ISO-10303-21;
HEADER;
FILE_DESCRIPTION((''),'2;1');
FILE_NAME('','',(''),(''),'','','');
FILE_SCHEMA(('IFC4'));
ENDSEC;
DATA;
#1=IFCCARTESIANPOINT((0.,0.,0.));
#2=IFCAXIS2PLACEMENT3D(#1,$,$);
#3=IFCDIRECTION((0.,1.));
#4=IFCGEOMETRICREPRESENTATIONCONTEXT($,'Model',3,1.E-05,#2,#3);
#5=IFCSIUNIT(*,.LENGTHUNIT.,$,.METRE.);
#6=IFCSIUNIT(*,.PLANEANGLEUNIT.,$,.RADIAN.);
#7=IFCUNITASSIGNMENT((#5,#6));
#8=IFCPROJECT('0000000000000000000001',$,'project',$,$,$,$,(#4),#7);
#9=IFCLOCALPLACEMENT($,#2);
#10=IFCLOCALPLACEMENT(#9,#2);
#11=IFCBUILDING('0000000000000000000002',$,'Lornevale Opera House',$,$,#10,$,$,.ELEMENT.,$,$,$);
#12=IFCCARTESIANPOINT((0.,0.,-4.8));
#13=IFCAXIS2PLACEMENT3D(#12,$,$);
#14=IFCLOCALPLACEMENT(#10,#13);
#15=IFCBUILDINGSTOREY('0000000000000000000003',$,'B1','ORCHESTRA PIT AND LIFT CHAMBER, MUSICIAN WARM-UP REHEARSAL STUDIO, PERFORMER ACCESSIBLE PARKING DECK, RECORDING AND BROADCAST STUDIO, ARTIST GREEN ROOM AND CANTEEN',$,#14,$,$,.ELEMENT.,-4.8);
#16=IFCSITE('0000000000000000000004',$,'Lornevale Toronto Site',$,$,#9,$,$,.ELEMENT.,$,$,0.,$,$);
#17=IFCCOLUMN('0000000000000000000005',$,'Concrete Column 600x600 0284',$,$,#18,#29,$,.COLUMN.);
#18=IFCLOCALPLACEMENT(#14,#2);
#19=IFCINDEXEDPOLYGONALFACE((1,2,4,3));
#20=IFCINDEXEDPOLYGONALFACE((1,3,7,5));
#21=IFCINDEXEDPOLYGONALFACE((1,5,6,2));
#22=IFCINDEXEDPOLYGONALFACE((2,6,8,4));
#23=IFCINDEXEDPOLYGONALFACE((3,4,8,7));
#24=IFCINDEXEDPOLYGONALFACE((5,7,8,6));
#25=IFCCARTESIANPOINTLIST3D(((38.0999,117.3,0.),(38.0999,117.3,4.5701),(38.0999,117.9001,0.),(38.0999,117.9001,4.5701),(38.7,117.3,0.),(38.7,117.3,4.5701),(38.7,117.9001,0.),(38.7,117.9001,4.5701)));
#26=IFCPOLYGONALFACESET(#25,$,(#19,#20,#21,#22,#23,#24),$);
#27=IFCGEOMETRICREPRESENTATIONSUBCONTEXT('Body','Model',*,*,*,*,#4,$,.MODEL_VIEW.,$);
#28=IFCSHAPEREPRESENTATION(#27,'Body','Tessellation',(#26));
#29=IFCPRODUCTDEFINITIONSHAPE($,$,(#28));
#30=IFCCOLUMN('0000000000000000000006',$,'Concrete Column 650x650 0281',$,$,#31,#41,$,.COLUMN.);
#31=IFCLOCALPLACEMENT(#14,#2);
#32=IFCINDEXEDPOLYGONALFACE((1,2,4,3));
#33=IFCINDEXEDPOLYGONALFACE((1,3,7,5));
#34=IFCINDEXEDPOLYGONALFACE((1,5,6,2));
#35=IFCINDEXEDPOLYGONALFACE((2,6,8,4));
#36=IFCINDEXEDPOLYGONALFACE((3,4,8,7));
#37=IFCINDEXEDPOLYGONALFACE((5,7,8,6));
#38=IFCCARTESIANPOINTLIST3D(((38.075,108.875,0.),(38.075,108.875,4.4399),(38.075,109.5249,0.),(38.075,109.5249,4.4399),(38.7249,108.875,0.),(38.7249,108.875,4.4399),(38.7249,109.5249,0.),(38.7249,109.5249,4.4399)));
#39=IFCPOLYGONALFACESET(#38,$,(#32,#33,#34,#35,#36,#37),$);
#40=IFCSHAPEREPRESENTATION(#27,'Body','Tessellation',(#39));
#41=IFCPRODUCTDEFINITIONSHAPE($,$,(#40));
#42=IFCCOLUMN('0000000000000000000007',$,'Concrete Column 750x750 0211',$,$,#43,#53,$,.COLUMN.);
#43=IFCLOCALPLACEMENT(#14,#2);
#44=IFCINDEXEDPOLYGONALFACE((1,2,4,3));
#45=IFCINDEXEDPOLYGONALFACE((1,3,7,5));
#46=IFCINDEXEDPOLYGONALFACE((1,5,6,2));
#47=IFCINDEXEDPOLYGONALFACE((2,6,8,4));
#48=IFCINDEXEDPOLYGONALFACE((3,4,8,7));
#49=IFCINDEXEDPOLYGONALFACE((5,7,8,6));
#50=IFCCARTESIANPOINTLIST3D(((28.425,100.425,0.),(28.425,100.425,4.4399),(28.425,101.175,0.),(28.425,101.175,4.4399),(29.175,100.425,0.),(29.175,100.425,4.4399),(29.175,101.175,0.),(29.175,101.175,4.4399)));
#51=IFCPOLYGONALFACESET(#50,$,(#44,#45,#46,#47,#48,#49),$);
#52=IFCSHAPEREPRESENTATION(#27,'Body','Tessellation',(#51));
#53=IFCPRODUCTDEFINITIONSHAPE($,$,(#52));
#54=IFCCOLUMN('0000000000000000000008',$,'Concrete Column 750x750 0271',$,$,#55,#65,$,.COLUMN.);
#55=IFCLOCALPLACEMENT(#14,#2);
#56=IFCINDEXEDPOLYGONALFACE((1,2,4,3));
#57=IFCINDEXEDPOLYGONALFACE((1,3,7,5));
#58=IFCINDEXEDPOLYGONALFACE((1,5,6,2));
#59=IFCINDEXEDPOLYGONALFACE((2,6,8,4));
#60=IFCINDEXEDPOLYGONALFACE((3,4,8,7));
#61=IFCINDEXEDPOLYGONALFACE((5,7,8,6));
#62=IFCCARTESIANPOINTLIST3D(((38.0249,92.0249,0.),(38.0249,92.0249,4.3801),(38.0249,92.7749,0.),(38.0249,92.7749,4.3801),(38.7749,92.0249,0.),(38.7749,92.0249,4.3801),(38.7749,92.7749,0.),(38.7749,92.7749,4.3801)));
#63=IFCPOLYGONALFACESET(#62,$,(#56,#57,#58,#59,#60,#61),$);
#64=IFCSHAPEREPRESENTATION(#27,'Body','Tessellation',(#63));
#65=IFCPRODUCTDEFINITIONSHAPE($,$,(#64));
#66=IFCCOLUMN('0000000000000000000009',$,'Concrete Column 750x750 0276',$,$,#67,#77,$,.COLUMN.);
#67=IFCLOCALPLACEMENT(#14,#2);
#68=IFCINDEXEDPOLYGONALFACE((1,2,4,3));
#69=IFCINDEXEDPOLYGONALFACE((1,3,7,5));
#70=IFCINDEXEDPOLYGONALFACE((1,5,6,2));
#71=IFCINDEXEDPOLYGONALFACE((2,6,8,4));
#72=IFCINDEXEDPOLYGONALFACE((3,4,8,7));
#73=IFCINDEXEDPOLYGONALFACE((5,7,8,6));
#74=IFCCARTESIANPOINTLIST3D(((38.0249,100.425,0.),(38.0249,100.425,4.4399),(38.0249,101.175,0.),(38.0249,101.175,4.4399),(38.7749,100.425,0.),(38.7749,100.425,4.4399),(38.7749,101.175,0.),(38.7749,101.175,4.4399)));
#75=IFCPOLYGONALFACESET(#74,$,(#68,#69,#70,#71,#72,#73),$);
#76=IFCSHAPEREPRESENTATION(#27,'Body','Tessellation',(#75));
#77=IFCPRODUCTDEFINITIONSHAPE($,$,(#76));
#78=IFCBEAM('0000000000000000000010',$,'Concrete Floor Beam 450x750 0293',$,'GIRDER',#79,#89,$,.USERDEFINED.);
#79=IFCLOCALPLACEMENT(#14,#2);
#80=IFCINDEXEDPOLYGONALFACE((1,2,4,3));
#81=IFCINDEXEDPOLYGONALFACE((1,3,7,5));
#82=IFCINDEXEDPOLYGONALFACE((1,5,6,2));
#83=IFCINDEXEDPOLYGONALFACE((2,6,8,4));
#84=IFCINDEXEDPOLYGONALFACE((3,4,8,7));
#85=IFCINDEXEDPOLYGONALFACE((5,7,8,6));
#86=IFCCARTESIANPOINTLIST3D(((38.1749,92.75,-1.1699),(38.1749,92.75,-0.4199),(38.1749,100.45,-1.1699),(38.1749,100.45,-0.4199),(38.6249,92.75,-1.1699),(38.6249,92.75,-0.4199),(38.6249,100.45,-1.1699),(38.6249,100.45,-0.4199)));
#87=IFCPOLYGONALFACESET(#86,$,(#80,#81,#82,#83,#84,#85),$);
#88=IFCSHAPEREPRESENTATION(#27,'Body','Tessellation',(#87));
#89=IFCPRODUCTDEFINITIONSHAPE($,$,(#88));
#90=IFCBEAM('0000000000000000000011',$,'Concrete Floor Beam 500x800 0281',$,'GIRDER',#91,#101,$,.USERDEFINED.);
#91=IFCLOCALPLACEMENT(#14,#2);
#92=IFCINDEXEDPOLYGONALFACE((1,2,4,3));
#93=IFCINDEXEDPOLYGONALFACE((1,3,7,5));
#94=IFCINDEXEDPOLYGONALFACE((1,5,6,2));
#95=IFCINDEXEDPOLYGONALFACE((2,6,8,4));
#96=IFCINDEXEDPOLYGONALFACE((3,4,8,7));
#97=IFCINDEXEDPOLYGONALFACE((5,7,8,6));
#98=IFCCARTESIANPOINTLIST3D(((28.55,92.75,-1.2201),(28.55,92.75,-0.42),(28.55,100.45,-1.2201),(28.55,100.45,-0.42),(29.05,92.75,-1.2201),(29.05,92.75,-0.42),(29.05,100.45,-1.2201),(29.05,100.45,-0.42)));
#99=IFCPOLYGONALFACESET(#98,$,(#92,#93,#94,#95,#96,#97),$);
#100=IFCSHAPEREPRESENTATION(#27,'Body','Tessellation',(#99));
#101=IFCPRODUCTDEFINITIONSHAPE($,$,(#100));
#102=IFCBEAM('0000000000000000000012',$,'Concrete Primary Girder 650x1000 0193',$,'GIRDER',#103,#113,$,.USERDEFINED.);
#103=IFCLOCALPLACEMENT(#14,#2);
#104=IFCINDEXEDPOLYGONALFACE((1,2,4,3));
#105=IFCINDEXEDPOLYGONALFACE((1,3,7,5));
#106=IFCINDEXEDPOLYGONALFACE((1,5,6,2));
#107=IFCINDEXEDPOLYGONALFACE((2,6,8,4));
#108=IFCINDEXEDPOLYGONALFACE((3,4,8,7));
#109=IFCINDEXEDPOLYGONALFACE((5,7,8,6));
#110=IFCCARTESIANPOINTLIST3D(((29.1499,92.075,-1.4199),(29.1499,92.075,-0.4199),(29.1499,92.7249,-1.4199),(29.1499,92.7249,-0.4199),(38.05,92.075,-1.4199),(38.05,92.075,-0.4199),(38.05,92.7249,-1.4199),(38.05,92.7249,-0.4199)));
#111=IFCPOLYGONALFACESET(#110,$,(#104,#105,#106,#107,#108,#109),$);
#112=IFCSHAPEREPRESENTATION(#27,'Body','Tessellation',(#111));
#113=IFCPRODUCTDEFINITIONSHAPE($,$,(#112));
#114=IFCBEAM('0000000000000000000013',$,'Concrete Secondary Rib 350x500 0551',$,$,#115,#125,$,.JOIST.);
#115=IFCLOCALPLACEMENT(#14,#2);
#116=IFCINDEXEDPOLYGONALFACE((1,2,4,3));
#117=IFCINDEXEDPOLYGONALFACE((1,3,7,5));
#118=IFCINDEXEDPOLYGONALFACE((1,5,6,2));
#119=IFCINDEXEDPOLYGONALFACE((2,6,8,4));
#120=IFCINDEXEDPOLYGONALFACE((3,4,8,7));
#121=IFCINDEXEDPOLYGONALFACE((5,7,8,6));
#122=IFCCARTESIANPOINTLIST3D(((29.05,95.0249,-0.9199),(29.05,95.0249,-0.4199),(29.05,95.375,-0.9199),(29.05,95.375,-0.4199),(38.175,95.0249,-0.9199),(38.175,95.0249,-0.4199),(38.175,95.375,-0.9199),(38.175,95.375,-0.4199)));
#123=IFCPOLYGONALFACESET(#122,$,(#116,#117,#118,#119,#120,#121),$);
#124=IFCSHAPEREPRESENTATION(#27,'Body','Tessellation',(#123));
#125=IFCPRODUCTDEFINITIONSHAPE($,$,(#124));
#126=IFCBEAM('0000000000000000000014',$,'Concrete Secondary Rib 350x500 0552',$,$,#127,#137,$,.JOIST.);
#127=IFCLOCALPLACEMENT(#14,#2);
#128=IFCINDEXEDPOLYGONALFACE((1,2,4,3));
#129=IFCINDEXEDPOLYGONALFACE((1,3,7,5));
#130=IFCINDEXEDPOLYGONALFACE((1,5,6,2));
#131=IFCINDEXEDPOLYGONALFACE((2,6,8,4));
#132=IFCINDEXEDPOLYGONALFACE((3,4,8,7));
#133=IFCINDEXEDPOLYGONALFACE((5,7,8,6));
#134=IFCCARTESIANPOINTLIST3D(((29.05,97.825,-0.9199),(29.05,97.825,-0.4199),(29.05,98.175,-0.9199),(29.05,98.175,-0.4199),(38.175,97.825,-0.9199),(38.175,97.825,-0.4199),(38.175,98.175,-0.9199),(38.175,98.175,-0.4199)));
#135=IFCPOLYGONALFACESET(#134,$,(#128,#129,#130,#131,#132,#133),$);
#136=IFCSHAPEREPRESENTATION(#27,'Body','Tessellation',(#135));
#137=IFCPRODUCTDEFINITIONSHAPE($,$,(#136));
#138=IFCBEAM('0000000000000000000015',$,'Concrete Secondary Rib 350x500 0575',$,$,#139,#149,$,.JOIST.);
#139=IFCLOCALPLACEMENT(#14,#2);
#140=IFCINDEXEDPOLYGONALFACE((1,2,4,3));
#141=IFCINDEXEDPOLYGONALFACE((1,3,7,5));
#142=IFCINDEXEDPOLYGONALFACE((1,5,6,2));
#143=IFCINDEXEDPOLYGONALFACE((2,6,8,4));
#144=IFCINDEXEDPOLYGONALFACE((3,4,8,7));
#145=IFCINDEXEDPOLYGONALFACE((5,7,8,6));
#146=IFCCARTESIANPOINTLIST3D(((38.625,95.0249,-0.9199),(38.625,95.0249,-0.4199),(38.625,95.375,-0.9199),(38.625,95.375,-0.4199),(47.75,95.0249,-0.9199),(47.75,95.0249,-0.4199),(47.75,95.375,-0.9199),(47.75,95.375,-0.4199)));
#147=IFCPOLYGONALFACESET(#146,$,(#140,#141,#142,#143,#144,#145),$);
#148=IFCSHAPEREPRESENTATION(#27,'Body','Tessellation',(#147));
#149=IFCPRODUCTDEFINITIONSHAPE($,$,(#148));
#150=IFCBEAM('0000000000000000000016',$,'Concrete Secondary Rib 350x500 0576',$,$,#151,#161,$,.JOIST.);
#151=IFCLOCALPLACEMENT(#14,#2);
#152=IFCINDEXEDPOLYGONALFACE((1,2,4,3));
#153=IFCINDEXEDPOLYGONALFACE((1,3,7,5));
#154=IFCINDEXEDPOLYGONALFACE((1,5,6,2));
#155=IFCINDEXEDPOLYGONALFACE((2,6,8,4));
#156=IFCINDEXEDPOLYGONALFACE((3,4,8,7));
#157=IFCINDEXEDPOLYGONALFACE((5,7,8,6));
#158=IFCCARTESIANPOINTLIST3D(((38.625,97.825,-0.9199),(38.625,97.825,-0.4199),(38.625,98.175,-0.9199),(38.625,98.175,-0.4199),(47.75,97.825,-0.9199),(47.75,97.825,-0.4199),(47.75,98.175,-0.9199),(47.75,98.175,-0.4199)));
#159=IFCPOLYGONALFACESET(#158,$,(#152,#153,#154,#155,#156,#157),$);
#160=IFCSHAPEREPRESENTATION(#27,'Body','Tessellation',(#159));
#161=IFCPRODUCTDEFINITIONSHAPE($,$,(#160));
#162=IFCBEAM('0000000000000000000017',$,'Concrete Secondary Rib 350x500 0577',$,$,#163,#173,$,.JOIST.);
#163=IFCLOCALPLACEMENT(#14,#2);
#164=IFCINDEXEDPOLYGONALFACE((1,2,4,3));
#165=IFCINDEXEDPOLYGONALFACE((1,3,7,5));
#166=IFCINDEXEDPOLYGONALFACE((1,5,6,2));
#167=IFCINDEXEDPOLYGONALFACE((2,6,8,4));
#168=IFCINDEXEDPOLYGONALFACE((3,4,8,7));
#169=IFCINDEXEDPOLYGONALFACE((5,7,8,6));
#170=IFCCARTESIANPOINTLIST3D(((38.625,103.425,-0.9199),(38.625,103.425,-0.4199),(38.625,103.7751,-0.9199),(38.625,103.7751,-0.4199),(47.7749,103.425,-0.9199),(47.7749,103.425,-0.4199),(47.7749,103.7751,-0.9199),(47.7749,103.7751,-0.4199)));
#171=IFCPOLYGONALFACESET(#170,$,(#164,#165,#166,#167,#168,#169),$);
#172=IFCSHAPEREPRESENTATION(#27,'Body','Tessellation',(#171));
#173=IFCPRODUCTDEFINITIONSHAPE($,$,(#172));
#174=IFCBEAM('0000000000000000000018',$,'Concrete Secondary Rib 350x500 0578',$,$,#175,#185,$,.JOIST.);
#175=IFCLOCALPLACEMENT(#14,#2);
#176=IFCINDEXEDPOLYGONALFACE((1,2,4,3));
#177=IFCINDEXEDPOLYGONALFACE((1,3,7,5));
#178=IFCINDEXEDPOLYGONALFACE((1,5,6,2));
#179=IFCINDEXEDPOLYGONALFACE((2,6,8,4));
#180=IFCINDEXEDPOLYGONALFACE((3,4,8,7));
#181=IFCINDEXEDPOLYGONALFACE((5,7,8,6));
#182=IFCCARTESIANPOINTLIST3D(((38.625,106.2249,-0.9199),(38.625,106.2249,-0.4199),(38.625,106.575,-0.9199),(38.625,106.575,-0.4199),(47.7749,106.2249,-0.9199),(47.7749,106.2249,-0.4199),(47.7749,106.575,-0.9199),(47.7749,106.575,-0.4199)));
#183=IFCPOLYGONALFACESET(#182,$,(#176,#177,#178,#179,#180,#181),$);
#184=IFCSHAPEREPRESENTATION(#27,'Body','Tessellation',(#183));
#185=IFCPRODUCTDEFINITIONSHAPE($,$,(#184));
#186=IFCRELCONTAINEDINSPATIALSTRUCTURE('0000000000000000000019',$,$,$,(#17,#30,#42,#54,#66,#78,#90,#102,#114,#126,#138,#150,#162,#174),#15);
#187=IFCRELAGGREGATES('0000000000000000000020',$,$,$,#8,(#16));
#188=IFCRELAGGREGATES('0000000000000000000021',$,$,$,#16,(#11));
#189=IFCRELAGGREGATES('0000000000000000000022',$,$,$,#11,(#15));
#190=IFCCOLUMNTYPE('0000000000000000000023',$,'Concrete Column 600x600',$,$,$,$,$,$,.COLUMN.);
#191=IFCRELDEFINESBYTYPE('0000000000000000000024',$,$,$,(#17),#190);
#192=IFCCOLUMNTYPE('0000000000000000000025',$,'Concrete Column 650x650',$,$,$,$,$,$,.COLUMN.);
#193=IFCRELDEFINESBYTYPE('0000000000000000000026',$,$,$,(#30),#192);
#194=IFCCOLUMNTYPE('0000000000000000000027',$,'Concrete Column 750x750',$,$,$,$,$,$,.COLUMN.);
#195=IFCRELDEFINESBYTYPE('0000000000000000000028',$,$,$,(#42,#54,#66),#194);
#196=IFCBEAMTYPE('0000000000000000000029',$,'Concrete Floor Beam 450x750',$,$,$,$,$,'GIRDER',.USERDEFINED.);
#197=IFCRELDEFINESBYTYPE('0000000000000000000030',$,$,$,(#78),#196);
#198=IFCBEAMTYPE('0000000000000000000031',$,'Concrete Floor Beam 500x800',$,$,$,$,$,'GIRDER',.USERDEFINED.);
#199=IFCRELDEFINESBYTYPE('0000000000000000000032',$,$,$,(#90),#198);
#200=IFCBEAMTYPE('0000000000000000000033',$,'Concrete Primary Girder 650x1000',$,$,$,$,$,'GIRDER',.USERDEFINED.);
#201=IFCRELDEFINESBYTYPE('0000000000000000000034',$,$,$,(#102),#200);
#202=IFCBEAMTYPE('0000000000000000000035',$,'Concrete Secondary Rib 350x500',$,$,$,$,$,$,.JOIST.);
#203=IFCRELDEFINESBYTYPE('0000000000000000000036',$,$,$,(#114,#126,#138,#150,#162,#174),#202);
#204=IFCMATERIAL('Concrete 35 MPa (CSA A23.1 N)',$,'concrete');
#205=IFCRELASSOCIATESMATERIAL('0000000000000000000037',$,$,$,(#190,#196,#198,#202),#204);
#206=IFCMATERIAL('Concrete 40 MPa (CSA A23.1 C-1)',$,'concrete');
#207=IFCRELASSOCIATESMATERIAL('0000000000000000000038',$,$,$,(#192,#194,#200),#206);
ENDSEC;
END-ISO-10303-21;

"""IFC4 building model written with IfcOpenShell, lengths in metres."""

from ifc_helpers import new_model, si_unit, direction, frame, origin, origin_2d, place, context, subcontext, project, spatial, rectangle, extrude, material, material_profile, profile_set, type_object, element, save


model = new_model("IFC4")

# Units and contexts
model_context = context("Model", 3, precision=1e-05, world=origin(), true_north=direction((0.0, 1.0)))
body_context = subcontext(model_context, "Body", "Model", "MODEL_VIEW")
ifc_project = project(units=[si_unit("LENGTHUNIT", "METRE"), si_unit("PLANEANGLEUNIT", "RADIAN")], contexts=[model_context])

# Site, building, storey
site_placement = place(None, origin())
site = spatial("IfcSite", under=ifc_project, at=site_placement, Name="Lornevale Toronto Site", CompositionType="ELEMENT", RefElevation=0.0)
building_placement = place(site_placement, origin())
building = spatial("IfcBuilding", under=site, at=building_placement, Name="Lornevale Opera House", CompositionType="ELEMENT")
storey_placement = place(building_placement, frame((0.0, 0.0, -4.8)))
storey = spatial("IfcBuildingStorey", under=building, at=storey_placement, Name="B1", Description="ORCHESTRA PIT AND LIFT CHAMBER, MUSICIAN WARM-UP REHEARSAL STUDIO, PERFORMER ACCESSIBLE PARKING DECK, RECORDING AND BROADCAST STUDIO, ARTIST GREEN ROOM AND CANTEEN", CompositionType="ELEMENT", Elevation=-4.8)

# Columns
ifc_material_1 = material(Name="Concrete 35 MPa (CSA A23.1 N)", Category="concrete")
ifc_material_profile_1 = material_profile(ifc_material_1, rectangle(XDim=0.6001, YDim=0.6001, at=origin_2d()), Name="RC600x600")
ifc_profile_set_1 = profile_set([ifc_material_profile_1], Name="Concrete 35 MPa (CSA A23.1 N)")
column_type_1 = type_object("IfcColumnType", Name="Concrete Column 600x600", PredefinedType="COLUMN", material=ifc_profile_set_1)
column_1_placement = place(storey_placement, frame((38.3999, 117.6001, 0.0), z_axis=(0.0, 0.0, 1.0), x_axis=(1.0, 0.0, 0.0)))
element("IfcColumn", 1, at=column_1_placement, inside=storey, type_object=column_type_1, Name="Concrete Column 600x600 0284", PredefinedType="COLUMN", context=body_context, shape_type="SweptSolid", body=[
    extrude(rectangle(XDim=0.6001, YDim=0.6001, at=origin_2d()), origin(), (0.0, 0.0, 1.0), 4.5701),
])
ifc_material_2 = material(Name="Concrete 40 MPa (CSA A23.1 C-1)", Category="concrete")
ifc_material_profile_2 = material_profile(ifc_material_2, rectangle(XDim=0.6499, YDim=0.6499, at=origin_2d()), Name="RC650x650")
ifc_profile_set_2 = profile_set([ifc_material_profile_2], Name="Concrete 40 MPa (CSA A23.1 C-1)")
column_type_2 = type_object("IfcColumnType", Name="Concrete Column 650x650", PredefinedType="COLUMN", material=ifc_profile_set_2)
column_2_placement = place(storey_placement, frame((38.3999, 109.2, 0.0), z_axis=(0.0, 0.0, 1.0), x_axis=(1.0, 0.0, 0.0)))
element("IfcColumn", 2, at=column_2_placement, inside=storey, type_object=column_type_2, Name="Concrete Column 650x650 0281", PredefinedType="COLUMN", context=body_context, shape_type="SweptSolid", body=[
    extrude(rectangle(XDim=0.6499, YDim=0.6499, at=origin_2d()), origin(), (0.0, 0.0, 1.0), 4.4399),
])
ifc_material_profile_3 = material_profile(ifc_material_2, rectangle(XDim=0.75, YDim=0.75, at=origin_2d()), Name="RC750x750")
ifc_profile_set_3 = profile_set([ifc_material_profile_3], Name="Concrete 40 MPa (CSA A23.1 C-1)")
column_type_3 = type_object("IfcColumnType", Name="Concrete Column 750x750", PredefinedType="COLUMN", material=ifc_profile_set_3)
column_3_placement = place(storey_placement, frame((28.8, 100.8, 0.0), z_axis=(0.0, 0.0, 1.0), x_axis=(1.0, 0.0, 0.0)))
element("IfcColumn", 3, at=column_3_placement, inside=storey, type_object=column_type_3, Name="Concrete Column 750x750 0211", PredefinedType="COLUMN", context=body_context, shape_type="SweptSolid", body=[
    extrude(rectangle(XDim=0.75, YDim=0.75, at=origin_2d()), origin(), (0.0, 0.0, 1.0), 4.4399),
])
column_4_placement = place(storey_placement, frame((38.3999, 92.3999, 0.0), z_axis=(0.0, 0.0, 1.0), x_axis=(1.0, 0.0, 0.0)))
element("IfcColumn", 4, at=column_4_placement, inside=storey, type_object=column_type_3, Name="Concrete Column 750x750 0271", PredefinedType="COLUMN", context=body_context, shape_type="SweptSolid", body=[
    extrude(rectangle(XDim=0.75, YDim=0.75, at=origin_2d()), origin(), (0.0, 0.0, 1.0), 4.3801),
])
column_5_placement = place(storey_placement, frame((38.3999, 100.8, 0.0), z_axis=(0.0, 0.0, 1.0), x_axis=(1.0, 0.0, 0.0)))
element("IfcColumn", 5, at=column_5_placement, inside=storey, type_object=column_type_3, Name="Concrete Column 750x750 0276", PredefinedType="COLUMN", context=body_context, shape_type="SweptSolid", body=[
    extrude(rectangle(XDim=0.75, YDim=0.75, at=origin_2d()), origin(), (0.0, 0.0, 1.0), 4.4399),
])

# Beams
ifc_material_profile_4 = material_profile(ifc_material_1, rectangle(XDim=0.45, YDim=0.75, at=origin_2d()), Name="RC450x750")
ifc_profile_set_4 = profile_set([ifc_material_profile_4], Name="Concrete 35 MPa (CSA A23.1 N)")
beam_type_1 = type_object("IfcBeamType", Name="Concrete Floor Beam 450x750", ElementType="GIRDER", PredefinedType="USERDEFINED", material=ifc_profile_set_4)
beam_1_placement = place(storey_placement, frame((38.3999, 92.75, -0.7949), z_axis=(0.0, 1.0, 0.0), x_axis=(-1.0, 0.0, 0.0)))
element("IfcBeam", 6, at=beam_1_placement, inside=storey, type_object=beam_type_1, Name="Concrete Floor Beam 450x750 0293", ObjectType="GIRDER", PredefinedType="USERDEFINED", context=body_context, shape_type="SweptSolid", body=[
    extrude(rectangle(XDim=0.45, YDim=0.75, at=origin_2d()), origin(), (0.0, 0.0, 1.0), 7.7),
])
ifc_material_profile_5 = material_profile(ifc_material_1, rectangle(XDim=0.5, YDim=0.8, at=origin_2d()), Name="RC500x800")
ifc_profile_set_5 = profile_set([ifc_material_profile_5], Name="Concrete 35 MPa (CSA A23.1 N)")
beam_type_2 = type_object("IfcBeamType", Name="Concrete Floor Beam 500x800", ElementType="GIRDER", PredefinedType="USERDEFINED", material=ifc_profile_set_5)
beam_2_placement = place(storey_placement, frame((28.8, 92.75, -0.8201), z_axis=(0.0, 1.0, 0.0), x_axis=(-1.0, 0.0, 0.0)))
element("IfcBeam", 7, at=beam_2_placement, inside=storey, type_object=beam_type_2, Name="Concrete Floor Beam 500x800 0281", ObjectType="GIRDER", PredefinedType="USERDEFINED", context=body_context, shape_type="SweptSolid", body=[
    extrude(rectangle(XDim=0.5, YDim=0.8, at=origin_2d()), origin(), (0.0, 0.0, 1.0), 7.7),
])
ifc_material_profile_6 = material_profile(ifc_material_2, rectangle(XDim=0.6499, YDim=1.0, at=origin_2d()), Name="RC650x1000")
ifc_profile_set_6 = profile_set([ifc_material_profile_6], Name="Concrete 40 MPa (CSA A23.1 C-1)")
beam_type_3 = type_object("IfcBeamType", Name="Concrete Primary Girder 650x1000", ElementType="GIRDER", PredefinedType="USERDEFINED", material=ifc_profile_set_6)
beam_3_placement = place(storey_placement, frame((29.1499, 92.3999, -0.9199), z_axis=(1.0, 0.0, 0.0), x_axis=(0.0, 1.0, 0.0)))
element("IfcBeam", 8, at=beam_3_placement, inside=storey, type_object=beam_type_3, Name="Concrete Primary Girder 650x1000 0193", ObjectType="GIRDER", PredefinedType="USERDEFINED", context=body_context, shape_type="SweptSolid", body=[
    extrude(rectangle(XDim=0.6499, YDim=1.0, at=origin_2d()), origin(), (0.0, 0.0, 1.0), 8.9001),
])
ifc_material_profile_7 = material_profile(ifc_material_1, rectangle(XDim=0.3501, YDim=0.5, at=origin_2d()), Name="RC350x500")
ifc_profile_set_7 = profile_set([ifc_material_profile_7], Name="Concrete 35 MPa (CSA A23.1 N)")
beam_type_4 = type_object("IfcBeamType", Name="Concrete Secondary Rib 350x500", PredefinedType="JOIST", material=ifc_profile_set_7)
for number, where, z_axis, x_axis, name in (
    (9, (29.05, 95.2, -0.6699), (1.0, 0.0, 0.0), (0.0, 1.0, 0.0), "Concrete Secondary Rib 350x500 0551"),
    (10, (29.05, 98.0, -0.6699), (1.0, 0.0, 0.0), (0.0, 1.0, 0.0), "Concrete Secondary Rib 350x500 0552"),
    (11, (38.625, 95.2, -0.6699), (1.0, 0.0, 0.0), (0.0, 1.0, 0.0), "Concrete Secondary Rib 350x500 0575"),
    (12, (38.625, 98.0, -0.6699), (1.0, 0.0, 0.0), (0.0, 1.0, 0.0), "Concrete Secondary Rib 350x500 0576"),
):
    element("IfcBeam", number, at=place(storey_placement, frame(where, z_axis=z_axis, x_axis=x_axis)), inside=storey, type_object=beam_type_4, Name=name, PredefinedType="JOIST", context=body_context, shape_type="SweptSolid", body=[
        extrude(rectangle(XDim=0.3501, YDim=0.5, at=origin_2d()), origin(), (0.0, 0.0, 1.0), 9.125),
    ])
for number, where, z_axis, x_axis, name in (
    (13, (38.625, 103.6001, -0.6699), (1.0, 0.0, 0.0), (0.0, 1.0, 0.0), "Concrete Secondary Rib 350x500 0577"),
    (14, (38.625, 106.3999, -0.6699), (1.0, 0.0, 0.0), (0.0, 1.0, 0.0), "Concrete Secondary Rib 350x500 0578"),
):
    element("IfcBeam", number, at=place(storey_placement, frame(where, z_axis=z_axis, x_axis=x_axis)), inside=storey, type_object=beam_type_4, Name=name, PredefinedType="JOIST", context=body_context, shape_type="SweptSolid", body=[
        extrude(rectangle(XDim=0.3501, YDim=0.5, at=origin_2d()), origin(), (0.0, 0.0, 1.0), 9.1499),
    ])

save(model, "model.ifc")
